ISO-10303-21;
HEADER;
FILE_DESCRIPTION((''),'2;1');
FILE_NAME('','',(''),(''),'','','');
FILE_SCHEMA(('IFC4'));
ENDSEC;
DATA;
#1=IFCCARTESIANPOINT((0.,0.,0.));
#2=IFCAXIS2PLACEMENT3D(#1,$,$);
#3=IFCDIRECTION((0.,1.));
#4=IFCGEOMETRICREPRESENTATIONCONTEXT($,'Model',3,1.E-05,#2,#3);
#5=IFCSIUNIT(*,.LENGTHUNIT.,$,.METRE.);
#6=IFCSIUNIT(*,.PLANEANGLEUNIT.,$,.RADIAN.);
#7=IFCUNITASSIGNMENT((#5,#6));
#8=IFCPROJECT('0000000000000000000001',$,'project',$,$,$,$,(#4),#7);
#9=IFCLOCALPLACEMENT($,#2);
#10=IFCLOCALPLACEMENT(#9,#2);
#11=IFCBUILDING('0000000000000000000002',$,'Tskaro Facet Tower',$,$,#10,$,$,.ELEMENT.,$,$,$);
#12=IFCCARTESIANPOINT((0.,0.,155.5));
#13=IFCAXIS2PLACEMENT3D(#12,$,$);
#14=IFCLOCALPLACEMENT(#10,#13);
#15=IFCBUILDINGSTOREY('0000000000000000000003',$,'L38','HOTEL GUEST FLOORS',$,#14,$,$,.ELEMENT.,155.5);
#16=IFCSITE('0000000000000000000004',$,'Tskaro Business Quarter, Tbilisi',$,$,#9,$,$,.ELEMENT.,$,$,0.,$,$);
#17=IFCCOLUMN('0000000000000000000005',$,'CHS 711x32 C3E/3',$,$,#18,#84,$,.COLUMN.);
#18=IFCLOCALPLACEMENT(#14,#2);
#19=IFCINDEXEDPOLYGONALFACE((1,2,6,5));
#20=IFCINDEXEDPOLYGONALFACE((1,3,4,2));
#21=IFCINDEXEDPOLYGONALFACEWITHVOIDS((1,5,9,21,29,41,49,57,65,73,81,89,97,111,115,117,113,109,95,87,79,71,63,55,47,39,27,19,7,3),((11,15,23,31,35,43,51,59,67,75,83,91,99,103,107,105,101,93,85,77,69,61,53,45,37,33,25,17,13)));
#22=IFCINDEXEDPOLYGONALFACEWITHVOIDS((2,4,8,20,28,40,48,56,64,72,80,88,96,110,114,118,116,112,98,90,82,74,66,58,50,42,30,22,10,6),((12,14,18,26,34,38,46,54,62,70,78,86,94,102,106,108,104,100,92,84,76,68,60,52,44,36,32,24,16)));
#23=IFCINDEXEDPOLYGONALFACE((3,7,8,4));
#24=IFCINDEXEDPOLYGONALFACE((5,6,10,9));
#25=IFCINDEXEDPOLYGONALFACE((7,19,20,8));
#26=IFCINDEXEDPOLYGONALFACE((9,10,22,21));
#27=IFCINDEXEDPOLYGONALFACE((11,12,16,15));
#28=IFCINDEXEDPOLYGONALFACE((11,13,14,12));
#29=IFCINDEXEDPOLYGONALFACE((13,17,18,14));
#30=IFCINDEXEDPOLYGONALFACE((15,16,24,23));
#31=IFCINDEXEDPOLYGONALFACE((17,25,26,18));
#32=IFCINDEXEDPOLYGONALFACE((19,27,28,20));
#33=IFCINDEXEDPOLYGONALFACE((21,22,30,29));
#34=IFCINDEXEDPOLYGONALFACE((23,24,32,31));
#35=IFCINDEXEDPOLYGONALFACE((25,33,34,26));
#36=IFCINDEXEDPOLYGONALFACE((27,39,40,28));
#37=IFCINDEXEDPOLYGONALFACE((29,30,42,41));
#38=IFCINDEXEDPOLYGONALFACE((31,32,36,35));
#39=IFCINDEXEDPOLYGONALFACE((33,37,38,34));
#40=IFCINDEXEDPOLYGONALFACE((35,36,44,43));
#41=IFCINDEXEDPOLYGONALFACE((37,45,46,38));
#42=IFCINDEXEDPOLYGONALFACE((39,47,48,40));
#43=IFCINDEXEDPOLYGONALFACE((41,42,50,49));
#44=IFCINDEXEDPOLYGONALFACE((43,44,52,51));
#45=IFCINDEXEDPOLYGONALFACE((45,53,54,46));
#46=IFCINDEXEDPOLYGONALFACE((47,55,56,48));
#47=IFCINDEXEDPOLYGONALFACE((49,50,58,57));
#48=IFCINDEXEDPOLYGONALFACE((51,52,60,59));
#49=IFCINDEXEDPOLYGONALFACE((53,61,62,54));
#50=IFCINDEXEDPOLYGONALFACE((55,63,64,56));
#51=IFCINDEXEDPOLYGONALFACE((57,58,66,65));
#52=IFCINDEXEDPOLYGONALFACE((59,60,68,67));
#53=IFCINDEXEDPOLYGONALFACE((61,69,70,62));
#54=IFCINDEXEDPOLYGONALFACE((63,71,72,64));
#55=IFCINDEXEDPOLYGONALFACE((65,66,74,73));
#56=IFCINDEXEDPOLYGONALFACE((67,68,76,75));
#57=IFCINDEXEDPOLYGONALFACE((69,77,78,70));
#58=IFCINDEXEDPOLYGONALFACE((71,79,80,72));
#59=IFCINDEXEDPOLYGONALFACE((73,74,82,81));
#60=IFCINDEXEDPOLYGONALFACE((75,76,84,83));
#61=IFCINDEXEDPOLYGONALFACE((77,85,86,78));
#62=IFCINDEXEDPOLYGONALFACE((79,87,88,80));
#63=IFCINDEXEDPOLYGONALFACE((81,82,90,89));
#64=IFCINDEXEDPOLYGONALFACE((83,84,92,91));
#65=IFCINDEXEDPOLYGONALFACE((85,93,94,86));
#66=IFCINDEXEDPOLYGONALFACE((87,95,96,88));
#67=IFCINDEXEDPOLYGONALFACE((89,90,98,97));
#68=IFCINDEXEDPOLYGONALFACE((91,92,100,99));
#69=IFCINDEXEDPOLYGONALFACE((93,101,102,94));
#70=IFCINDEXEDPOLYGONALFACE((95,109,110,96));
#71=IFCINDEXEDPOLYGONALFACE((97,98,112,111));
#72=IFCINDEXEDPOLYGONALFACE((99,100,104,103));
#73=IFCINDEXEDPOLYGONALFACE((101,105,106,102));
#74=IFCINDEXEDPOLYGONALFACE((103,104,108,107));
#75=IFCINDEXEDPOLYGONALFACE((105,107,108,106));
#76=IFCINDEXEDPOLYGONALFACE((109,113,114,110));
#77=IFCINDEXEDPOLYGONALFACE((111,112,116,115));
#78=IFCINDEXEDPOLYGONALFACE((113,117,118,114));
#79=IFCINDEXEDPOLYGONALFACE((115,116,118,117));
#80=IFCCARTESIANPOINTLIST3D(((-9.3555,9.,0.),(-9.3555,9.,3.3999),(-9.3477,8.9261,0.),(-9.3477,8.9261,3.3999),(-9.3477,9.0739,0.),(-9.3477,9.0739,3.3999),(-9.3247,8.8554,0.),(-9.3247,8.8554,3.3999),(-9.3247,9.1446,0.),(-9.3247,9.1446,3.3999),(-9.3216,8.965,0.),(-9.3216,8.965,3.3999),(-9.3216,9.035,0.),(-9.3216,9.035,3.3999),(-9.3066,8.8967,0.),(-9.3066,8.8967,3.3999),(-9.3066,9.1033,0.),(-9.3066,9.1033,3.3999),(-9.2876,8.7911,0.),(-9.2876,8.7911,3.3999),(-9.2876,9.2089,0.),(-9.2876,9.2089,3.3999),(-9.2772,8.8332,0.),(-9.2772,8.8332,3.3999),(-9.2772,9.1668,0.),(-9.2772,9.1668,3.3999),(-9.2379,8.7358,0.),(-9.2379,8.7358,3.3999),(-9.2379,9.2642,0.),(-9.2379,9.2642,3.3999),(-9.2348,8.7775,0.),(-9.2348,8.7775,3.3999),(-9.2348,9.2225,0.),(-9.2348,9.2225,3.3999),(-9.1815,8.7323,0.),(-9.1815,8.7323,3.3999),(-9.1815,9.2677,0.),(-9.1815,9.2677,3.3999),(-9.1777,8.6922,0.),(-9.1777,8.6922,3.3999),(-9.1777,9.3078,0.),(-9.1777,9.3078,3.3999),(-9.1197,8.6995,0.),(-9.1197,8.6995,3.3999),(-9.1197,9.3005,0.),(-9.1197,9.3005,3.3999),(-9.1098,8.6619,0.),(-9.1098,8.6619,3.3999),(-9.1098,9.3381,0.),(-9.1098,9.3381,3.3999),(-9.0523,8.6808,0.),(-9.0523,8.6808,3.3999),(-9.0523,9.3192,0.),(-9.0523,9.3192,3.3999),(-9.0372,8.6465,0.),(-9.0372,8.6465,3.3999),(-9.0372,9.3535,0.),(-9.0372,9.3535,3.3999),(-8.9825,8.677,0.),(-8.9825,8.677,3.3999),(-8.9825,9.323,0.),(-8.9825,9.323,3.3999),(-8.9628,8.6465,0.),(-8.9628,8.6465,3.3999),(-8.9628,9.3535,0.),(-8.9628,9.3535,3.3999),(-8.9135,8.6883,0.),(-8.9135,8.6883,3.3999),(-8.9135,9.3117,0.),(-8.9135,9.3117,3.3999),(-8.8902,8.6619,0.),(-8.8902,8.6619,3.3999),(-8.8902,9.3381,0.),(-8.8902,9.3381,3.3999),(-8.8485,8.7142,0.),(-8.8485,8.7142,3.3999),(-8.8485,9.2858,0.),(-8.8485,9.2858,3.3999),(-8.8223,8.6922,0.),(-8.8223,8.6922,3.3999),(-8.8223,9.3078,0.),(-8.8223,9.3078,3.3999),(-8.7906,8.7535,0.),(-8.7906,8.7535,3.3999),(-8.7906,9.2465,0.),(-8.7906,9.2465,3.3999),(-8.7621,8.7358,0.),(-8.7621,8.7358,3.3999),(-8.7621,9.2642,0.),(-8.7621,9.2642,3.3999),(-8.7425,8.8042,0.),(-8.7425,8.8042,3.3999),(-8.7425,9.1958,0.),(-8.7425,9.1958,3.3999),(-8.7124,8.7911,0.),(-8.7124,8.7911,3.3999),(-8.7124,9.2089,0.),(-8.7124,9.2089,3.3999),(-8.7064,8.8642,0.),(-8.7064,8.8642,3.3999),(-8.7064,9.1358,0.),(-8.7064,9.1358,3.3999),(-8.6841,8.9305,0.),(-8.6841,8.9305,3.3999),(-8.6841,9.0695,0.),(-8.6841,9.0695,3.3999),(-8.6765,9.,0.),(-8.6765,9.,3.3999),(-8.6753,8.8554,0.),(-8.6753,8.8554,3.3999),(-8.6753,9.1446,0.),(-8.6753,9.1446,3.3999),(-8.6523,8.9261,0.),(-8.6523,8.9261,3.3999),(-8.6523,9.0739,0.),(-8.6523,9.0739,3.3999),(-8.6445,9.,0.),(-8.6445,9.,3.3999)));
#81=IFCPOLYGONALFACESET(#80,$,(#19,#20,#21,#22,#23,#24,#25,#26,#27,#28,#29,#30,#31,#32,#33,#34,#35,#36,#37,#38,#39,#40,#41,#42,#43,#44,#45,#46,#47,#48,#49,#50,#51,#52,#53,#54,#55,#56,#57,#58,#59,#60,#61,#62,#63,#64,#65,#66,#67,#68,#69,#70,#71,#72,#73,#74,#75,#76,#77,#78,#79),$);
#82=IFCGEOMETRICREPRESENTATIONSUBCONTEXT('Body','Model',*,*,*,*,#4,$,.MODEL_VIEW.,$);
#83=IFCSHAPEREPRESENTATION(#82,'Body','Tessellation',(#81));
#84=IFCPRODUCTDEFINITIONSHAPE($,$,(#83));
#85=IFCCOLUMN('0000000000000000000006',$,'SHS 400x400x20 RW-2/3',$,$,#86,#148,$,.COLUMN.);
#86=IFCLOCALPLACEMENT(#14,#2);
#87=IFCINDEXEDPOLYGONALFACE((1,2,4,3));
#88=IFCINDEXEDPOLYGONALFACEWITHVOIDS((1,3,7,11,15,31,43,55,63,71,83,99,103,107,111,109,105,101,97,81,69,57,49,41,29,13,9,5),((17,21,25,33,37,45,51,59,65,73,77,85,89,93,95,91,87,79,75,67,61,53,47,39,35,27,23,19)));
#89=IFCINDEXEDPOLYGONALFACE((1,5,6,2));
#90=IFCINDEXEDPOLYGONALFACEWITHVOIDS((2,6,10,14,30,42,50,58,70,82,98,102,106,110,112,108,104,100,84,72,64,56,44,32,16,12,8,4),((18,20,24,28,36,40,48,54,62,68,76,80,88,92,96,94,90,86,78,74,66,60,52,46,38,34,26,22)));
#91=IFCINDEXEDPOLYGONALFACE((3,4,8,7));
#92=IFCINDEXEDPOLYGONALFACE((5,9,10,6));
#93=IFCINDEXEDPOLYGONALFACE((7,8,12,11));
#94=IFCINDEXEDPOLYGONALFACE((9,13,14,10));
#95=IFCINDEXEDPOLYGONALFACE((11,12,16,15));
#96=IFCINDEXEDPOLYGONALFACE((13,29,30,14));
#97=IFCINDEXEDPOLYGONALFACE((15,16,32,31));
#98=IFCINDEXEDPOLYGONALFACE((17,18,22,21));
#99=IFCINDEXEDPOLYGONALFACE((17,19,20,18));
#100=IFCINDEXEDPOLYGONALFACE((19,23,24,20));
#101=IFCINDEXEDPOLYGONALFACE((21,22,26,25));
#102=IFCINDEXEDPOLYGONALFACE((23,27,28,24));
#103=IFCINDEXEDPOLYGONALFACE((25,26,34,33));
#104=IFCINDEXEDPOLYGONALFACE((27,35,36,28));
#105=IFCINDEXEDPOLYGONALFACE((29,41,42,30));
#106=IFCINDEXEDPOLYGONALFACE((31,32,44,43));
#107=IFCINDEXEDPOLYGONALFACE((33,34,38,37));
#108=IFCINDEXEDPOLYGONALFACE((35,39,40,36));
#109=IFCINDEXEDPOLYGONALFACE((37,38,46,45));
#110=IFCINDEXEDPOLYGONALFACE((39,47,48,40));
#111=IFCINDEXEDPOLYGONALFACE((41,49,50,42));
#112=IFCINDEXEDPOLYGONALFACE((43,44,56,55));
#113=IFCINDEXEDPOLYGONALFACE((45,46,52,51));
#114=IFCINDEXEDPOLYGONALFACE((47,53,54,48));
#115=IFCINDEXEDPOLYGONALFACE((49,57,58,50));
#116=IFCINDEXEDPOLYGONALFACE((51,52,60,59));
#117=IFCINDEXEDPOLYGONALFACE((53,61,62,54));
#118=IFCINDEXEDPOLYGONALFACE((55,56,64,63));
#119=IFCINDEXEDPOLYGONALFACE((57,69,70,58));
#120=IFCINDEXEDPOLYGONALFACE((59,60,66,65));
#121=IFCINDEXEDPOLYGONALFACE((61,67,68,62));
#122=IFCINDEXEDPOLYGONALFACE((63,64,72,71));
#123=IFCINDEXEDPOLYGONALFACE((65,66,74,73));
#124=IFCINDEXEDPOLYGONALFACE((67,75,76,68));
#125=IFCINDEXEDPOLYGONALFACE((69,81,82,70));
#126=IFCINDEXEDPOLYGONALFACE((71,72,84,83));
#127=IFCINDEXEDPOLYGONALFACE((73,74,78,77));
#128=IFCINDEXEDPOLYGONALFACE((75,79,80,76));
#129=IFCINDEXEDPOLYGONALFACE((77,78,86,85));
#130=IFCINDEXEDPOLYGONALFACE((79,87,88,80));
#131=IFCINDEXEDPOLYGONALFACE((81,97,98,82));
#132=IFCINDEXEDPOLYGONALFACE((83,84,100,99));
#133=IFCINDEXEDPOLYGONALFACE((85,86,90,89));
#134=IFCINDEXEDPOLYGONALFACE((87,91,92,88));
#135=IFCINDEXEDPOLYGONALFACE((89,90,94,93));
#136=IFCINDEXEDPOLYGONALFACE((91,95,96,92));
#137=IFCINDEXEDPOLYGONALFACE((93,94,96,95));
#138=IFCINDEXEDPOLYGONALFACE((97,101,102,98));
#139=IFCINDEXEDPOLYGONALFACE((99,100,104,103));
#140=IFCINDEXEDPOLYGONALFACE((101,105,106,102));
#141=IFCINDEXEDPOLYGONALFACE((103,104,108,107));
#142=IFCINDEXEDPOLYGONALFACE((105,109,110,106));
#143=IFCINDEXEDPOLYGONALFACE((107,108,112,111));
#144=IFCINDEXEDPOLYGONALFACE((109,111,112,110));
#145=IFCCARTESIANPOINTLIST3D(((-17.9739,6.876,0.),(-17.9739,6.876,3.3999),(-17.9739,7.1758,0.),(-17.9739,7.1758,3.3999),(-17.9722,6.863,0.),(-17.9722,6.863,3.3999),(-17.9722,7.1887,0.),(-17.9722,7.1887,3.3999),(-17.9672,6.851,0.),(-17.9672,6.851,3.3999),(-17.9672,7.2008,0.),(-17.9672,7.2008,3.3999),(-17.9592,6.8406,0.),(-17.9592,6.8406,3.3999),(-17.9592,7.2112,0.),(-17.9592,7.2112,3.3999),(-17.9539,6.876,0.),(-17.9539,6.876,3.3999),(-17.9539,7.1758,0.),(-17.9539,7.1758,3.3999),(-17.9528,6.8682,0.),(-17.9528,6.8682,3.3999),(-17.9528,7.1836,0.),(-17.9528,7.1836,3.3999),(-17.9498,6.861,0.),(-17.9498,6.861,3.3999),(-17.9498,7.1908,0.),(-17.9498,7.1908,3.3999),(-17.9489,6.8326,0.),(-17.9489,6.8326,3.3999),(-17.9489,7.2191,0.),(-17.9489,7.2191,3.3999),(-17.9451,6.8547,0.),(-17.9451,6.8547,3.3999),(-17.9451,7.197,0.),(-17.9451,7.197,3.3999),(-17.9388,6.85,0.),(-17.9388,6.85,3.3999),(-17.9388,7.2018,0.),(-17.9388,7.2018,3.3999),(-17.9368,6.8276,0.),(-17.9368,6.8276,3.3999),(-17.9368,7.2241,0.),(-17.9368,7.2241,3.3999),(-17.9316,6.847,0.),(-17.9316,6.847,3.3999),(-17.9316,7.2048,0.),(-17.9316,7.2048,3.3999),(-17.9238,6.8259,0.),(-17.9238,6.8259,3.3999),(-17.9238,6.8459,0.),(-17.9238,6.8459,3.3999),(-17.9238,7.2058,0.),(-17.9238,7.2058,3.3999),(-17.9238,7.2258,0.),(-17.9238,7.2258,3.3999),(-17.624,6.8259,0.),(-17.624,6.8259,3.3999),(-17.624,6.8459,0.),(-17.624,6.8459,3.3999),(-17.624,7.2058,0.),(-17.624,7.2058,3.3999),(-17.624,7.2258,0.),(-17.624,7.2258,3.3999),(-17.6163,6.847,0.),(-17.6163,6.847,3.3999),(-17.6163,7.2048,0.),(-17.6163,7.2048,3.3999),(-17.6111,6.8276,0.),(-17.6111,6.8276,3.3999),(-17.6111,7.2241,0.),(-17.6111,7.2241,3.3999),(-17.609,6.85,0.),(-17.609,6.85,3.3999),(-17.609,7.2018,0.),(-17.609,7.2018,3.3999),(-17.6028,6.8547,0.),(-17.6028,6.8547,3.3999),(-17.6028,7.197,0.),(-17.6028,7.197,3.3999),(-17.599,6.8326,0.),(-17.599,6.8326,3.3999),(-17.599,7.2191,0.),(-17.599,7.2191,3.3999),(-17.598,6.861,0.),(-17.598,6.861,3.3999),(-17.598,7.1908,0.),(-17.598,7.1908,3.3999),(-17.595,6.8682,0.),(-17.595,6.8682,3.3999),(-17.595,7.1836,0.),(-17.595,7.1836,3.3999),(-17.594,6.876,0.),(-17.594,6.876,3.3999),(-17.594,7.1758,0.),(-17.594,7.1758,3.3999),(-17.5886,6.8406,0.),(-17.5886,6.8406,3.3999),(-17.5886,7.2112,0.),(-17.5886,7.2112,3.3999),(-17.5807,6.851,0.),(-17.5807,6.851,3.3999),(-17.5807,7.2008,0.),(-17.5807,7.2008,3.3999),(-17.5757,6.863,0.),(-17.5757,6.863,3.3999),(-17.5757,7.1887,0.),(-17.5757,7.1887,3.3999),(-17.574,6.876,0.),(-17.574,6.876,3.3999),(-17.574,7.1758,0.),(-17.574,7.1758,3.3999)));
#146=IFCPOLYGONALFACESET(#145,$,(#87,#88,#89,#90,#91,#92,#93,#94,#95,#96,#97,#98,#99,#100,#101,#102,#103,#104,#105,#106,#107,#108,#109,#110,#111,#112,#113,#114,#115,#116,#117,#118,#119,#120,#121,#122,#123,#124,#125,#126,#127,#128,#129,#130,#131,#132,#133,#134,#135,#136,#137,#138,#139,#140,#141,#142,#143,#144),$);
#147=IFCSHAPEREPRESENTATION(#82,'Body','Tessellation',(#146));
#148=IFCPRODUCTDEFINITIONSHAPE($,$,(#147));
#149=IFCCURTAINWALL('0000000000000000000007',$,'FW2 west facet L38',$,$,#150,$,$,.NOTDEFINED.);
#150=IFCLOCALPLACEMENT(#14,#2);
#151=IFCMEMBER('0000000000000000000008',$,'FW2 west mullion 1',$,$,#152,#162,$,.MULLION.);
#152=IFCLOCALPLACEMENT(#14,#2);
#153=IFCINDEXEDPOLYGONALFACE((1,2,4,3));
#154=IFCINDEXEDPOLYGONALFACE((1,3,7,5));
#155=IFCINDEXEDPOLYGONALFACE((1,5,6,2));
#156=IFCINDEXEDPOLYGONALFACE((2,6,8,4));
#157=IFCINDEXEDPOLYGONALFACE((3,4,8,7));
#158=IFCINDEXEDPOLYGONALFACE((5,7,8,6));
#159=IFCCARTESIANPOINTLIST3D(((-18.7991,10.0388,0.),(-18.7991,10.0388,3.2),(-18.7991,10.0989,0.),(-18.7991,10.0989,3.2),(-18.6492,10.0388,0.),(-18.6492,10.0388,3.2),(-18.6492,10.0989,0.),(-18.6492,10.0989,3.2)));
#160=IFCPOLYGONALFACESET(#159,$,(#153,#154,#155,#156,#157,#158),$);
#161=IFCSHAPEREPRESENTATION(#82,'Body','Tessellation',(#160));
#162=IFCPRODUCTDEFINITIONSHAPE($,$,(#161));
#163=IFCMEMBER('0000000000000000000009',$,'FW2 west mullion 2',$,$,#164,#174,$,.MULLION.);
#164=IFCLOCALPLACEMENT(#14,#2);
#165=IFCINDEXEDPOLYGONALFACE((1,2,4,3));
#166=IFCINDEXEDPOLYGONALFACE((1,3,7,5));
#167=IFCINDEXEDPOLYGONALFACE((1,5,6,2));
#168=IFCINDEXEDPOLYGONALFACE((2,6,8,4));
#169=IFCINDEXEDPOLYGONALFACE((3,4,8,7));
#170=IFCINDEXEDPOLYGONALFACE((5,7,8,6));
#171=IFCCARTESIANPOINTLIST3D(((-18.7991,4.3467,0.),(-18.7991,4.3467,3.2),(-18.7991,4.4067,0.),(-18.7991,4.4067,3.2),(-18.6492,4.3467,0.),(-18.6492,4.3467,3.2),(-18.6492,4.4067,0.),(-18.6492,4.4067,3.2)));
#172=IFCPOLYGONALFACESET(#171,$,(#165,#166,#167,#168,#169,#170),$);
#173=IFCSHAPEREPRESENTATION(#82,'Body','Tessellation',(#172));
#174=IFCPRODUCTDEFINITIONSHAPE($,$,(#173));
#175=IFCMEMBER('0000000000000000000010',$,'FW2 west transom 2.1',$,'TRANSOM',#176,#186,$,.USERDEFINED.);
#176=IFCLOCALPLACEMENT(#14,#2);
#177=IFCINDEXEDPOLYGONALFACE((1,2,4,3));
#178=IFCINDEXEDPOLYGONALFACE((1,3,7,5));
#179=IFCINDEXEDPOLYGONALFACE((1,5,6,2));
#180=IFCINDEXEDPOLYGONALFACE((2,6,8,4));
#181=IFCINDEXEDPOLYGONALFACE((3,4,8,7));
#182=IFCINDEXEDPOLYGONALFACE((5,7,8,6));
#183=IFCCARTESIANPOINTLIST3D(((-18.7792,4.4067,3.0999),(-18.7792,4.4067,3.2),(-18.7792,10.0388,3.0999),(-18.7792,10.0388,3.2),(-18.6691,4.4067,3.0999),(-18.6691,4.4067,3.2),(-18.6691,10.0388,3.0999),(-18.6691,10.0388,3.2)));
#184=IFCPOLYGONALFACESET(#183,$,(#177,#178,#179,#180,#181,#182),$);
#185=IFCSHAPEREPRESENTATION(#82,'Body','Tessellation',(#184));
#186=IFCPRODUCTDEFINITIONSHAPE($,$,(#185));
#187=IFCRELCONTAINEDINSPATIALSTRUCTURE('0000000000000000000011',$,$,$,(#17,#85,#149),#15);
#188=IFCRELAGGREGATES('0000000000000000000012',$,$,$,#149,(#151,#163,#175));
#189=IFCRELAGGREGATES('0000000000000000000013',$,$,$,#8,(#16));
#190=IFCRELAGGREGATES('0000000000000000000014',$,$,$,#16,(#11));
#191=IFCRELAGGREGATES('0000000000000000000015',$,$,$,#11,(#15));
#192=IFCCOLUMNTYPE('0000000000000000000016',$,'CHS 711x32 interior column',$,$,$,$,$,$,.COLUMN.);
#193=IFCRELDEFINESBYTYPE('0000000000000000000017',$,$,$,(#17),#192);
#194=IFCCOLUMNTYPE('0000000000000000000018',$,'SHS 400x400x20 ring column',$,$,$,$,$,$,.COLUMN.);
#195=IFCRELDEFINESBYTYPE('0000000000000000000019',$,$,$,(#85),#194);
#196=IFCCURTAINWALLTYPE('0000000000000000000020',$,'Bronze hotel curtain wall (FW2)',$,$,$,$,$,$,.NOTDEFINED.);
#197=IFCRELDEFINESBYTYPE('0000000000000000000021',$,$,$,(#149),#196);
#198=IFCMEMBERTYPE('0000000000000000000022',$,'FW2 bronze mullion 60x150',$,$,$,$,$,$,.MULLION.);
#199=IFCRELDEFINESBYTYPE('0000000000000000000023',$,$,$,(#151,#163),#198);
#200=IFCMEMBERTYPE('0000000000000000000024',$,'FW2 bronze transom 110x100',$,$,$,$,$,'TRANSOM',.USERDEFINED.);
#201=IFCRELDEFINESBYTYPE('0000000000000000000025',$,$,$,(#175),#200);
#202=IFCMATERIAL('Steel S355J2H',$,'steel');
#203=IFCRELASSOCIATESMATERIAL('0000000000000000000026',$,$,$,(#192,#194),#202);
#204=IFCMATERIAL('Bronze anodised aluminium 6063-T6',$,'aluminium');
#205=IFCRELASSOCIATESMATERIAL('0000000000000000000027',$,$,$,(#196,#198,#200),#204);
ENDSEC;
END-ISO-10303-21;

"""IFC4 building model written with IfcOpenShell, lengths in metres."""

from ifc_helpers import new_model, si_unit, direction, frame, origin, origin_2d, place, context, subcontext, project, spatial, rectangle, hollow_rectangle, hollow_circle, extrude, material, material_profile, profile_set, type_object, element, aggregate, save


model = new_model("IFC4")

# Units and contexts
model_context = context("Model", 3, precision=1e-05, world=origin(), true_north=direction((0.0, 1.0)))
body_context = subcontext(model_context, "Body", "Model", "MODEL_VIEW")
ifc_project = project(units=[si_unit("LENGTHUNIT", "METRE"), si_unit("PLANEANGLEUNIT", "RADIAN")], contexts=[model_context])

# Site, building, storey
site_placement = place(None, origin())
site = spatial("IfcSite", under=ifc_project, at=site_placement, Name="Tskaro Business Quarter, Tbilisi", CompositionType="ELEMENT", RefElevation=0.0)
building_placement = place(site_placement, origin())
building = spatial("IfcBuilding", under=site, at=building_placement, Name="Tskaro Facet Tower", CompositionType="ELEMENT")
storey_placement = place(building_placement, frame((0.0, 0.0, 155.5)))
storey = spatial("IfcBuildingStorey", under=building, at=storey_placement, Name="L38", Description="HOTEL GUEST FLOORS", CompositionType="ELEMENT", Elevation=155.5)

# Columns
ifc_material_1 = material(Name="Steel S355J2H", Category="steel")
ifc_material_profile_1 = material_profile(ifc_material_1, hollow_circle(Radius=0.3555, WallThickness=0.032, at=origin_2d()), Name="CHS 711x32")
ifc_profile_set_1 = profile_set([ifc_material_profile_1], Name="Steel S355J2H")
column_type_1 = type_object("IfcColumnType", Name="CHS 711x32 interior column", PredefinedType="COLUMN", material=ifc_profile_set_1)
column_1_placement = place(storey_placement, frame((-9.0, 9.0, 0.0), z_axis=(0.0, 0.0, 1.0), x_axis=(1.0, 0.0, 0.0)))
element("IfcColumn", 1, at=column_1_placement, inside=storey, type_object=column_type_1, Name="CHS 711x32 C3E/3", PredefinedType="COLUMN", context=body_context, shape_type="SweptSolid", body=[
    extrude(hollow_circle(Radius=0.3555, WallThickness=0.032, at=origin_2d()), origin(), (0.0, 0.0, 1.0), 3.3999),
])
ifc_material_profile_2 = material_profile(ifc_material_1, hollow_rectangle(XDim=0.3999, YDim=0.3999, WallThickness=0.02, InnerFilletRadius=0.03, OuterFilletRadius=0.05, at=origin_2d()), Name="SHS 400x400x20")
ifc_profile_set_2 = profile_set([ifc_material_profile_2], Name="Steel S355J2H")
column_type_2 = type_object("IfcColumnType", Name="SHS 400x400x20 ring column", PredefinedType="COLUMN", material=ifc_profile_set_2)
column_2_placement = place(storey_placement, frame((-17.7739, 7.0259, 0.0), z_axis=(0.0, 0.0, 1.0), x_axis=(1.0, 0.0, 0.0)))
element("IfcColumn", 2, at=column_2_placement, inside=storey, type_object=column_type_2, Name="SHS 400x400x20 RW-2/3", PredefinedType="COLUMN", context=body_context, shape_type="SweptSolid", body=[
    extrude(hollow_rectangle(XDim=0.3999, YDim=0.3999, WallThickness=0.02, InnerFilletRadius=0.03, OuterFilletRadius=0.05, at=origin_2d()), origin(), (0.0, 0.0, 1.0), 3.3999),
])

# Curtain wall, members
ifc_material_2 = material(Name="Bronze anodised aluminium 6063-T6", Category="aluminium")
curtain_wall_type = type_object("IfcCurtainWallType", Name="Bronze hotel curtain wall (FW2)", PredefinedType="NOTDEFINED", material=ifc_material_2)
curtain_wall_placement = place(storey_placement, origin())
curtain_wall = element("IfcCurtainWall", 3, at=curtain_wall_placement, inside=storey, type_object=curtain_wall_type, Name="FW2 west facet L38", PredefinedType="NOTDEFINED")
ifc_material_profile_3 = material_profile(ifc_material_2, rectangle(XDim=0.0601, YDim=0.1499, at=origin_2d()), Name="Mullion 60x150")
ifc_profile_set_3 = profile_set([ifc_material_profile_3], Name="Bronze anodised aluminium 6063-T6")
member_type_1 = type_object("IfcMemberType", Name="FW2 bronze mullion 60x150", PredefinedType="MULLION", material=ifc_profile_set_3)
member_1_placement = place(storey_placement, frame((-18.7241, 10.0688, 0.0), z_axis=(0.0, 0.0, 1.0), x_axis=(0.0, -1.0, 0.0)))
member_1 = element("IfcMember", 4, at=member_1_placement, type_object=member_type_1, Name="FW2 west mullion 1", PredefinedType="MULLION", context=body_context, shape_type="SweptSolid", body=[
    extrude(rectangle(XDim=0.0601, YDim=0.1499, at=origin_2d()), origin(), (0.0, 0.0, 1.0), 3.2),
])
member_2_placement = place(storey_placement, frame((-18.7241, 4.3767, 0.0), z_axis=(0.0, 0.0, 1.0), x_axis=(0.0, -1.0, 0.0)))
member_2 = element("IfcMember", 5, at=member_2_placement, type_object=member_type_1, Name="FW2 west mullion 2", PredefinedType="MULLION", context=body_context, shape_type="SweptSolid", body=[
    extrude(rectangle(XDim=0.0601, YDim=0.1499, at=origin_2d()), origin(), (0.0, 0.0, 1.0), 3.2),
])
ifc_material_profile_4 = material_profile(ifc_material_2, rectangle(XDim=0.1101, YDim=0.1001, at=origin_2d()), Name="Transom 110x100")
ifc_profile_set_4 = profile_set([ifc_material_profile_4], Name="Bronze anodised aluminium 6063-T6")
member_type_2 = type_object("IfcMemberType", Name="FW2 bronze transom 110x100", ElementType="TRANSOM", PredefinedType="USERDEFINED", material=ifc_profile_set_4)
member_3_placement = place(storey_placement, frame((-18.7241, 10.0388, 3.1499), z_axis=(0.0, -1.0, 0.0), x_axis=(1.0, 0.0, 0.0)))
member_3 = element("IfcMember", 6, at=member_3_placement, type_object=member_type_2, Name="FW2 west transom 2.1", ObjectType="TRANSOM", PredefinedType="USERDEFINED", context=body_context, shape_type="SweptSolid", body=[
    extrude(rectangle(XDim=0.1101, YDim=0.1001, at=origin_2d()), origin(), (0.0, 0.0, 1.0), 5.6321),
])

aggregate(curtain_wall, [member_1, member_2, member_3])

save(model, "model.ifc")
